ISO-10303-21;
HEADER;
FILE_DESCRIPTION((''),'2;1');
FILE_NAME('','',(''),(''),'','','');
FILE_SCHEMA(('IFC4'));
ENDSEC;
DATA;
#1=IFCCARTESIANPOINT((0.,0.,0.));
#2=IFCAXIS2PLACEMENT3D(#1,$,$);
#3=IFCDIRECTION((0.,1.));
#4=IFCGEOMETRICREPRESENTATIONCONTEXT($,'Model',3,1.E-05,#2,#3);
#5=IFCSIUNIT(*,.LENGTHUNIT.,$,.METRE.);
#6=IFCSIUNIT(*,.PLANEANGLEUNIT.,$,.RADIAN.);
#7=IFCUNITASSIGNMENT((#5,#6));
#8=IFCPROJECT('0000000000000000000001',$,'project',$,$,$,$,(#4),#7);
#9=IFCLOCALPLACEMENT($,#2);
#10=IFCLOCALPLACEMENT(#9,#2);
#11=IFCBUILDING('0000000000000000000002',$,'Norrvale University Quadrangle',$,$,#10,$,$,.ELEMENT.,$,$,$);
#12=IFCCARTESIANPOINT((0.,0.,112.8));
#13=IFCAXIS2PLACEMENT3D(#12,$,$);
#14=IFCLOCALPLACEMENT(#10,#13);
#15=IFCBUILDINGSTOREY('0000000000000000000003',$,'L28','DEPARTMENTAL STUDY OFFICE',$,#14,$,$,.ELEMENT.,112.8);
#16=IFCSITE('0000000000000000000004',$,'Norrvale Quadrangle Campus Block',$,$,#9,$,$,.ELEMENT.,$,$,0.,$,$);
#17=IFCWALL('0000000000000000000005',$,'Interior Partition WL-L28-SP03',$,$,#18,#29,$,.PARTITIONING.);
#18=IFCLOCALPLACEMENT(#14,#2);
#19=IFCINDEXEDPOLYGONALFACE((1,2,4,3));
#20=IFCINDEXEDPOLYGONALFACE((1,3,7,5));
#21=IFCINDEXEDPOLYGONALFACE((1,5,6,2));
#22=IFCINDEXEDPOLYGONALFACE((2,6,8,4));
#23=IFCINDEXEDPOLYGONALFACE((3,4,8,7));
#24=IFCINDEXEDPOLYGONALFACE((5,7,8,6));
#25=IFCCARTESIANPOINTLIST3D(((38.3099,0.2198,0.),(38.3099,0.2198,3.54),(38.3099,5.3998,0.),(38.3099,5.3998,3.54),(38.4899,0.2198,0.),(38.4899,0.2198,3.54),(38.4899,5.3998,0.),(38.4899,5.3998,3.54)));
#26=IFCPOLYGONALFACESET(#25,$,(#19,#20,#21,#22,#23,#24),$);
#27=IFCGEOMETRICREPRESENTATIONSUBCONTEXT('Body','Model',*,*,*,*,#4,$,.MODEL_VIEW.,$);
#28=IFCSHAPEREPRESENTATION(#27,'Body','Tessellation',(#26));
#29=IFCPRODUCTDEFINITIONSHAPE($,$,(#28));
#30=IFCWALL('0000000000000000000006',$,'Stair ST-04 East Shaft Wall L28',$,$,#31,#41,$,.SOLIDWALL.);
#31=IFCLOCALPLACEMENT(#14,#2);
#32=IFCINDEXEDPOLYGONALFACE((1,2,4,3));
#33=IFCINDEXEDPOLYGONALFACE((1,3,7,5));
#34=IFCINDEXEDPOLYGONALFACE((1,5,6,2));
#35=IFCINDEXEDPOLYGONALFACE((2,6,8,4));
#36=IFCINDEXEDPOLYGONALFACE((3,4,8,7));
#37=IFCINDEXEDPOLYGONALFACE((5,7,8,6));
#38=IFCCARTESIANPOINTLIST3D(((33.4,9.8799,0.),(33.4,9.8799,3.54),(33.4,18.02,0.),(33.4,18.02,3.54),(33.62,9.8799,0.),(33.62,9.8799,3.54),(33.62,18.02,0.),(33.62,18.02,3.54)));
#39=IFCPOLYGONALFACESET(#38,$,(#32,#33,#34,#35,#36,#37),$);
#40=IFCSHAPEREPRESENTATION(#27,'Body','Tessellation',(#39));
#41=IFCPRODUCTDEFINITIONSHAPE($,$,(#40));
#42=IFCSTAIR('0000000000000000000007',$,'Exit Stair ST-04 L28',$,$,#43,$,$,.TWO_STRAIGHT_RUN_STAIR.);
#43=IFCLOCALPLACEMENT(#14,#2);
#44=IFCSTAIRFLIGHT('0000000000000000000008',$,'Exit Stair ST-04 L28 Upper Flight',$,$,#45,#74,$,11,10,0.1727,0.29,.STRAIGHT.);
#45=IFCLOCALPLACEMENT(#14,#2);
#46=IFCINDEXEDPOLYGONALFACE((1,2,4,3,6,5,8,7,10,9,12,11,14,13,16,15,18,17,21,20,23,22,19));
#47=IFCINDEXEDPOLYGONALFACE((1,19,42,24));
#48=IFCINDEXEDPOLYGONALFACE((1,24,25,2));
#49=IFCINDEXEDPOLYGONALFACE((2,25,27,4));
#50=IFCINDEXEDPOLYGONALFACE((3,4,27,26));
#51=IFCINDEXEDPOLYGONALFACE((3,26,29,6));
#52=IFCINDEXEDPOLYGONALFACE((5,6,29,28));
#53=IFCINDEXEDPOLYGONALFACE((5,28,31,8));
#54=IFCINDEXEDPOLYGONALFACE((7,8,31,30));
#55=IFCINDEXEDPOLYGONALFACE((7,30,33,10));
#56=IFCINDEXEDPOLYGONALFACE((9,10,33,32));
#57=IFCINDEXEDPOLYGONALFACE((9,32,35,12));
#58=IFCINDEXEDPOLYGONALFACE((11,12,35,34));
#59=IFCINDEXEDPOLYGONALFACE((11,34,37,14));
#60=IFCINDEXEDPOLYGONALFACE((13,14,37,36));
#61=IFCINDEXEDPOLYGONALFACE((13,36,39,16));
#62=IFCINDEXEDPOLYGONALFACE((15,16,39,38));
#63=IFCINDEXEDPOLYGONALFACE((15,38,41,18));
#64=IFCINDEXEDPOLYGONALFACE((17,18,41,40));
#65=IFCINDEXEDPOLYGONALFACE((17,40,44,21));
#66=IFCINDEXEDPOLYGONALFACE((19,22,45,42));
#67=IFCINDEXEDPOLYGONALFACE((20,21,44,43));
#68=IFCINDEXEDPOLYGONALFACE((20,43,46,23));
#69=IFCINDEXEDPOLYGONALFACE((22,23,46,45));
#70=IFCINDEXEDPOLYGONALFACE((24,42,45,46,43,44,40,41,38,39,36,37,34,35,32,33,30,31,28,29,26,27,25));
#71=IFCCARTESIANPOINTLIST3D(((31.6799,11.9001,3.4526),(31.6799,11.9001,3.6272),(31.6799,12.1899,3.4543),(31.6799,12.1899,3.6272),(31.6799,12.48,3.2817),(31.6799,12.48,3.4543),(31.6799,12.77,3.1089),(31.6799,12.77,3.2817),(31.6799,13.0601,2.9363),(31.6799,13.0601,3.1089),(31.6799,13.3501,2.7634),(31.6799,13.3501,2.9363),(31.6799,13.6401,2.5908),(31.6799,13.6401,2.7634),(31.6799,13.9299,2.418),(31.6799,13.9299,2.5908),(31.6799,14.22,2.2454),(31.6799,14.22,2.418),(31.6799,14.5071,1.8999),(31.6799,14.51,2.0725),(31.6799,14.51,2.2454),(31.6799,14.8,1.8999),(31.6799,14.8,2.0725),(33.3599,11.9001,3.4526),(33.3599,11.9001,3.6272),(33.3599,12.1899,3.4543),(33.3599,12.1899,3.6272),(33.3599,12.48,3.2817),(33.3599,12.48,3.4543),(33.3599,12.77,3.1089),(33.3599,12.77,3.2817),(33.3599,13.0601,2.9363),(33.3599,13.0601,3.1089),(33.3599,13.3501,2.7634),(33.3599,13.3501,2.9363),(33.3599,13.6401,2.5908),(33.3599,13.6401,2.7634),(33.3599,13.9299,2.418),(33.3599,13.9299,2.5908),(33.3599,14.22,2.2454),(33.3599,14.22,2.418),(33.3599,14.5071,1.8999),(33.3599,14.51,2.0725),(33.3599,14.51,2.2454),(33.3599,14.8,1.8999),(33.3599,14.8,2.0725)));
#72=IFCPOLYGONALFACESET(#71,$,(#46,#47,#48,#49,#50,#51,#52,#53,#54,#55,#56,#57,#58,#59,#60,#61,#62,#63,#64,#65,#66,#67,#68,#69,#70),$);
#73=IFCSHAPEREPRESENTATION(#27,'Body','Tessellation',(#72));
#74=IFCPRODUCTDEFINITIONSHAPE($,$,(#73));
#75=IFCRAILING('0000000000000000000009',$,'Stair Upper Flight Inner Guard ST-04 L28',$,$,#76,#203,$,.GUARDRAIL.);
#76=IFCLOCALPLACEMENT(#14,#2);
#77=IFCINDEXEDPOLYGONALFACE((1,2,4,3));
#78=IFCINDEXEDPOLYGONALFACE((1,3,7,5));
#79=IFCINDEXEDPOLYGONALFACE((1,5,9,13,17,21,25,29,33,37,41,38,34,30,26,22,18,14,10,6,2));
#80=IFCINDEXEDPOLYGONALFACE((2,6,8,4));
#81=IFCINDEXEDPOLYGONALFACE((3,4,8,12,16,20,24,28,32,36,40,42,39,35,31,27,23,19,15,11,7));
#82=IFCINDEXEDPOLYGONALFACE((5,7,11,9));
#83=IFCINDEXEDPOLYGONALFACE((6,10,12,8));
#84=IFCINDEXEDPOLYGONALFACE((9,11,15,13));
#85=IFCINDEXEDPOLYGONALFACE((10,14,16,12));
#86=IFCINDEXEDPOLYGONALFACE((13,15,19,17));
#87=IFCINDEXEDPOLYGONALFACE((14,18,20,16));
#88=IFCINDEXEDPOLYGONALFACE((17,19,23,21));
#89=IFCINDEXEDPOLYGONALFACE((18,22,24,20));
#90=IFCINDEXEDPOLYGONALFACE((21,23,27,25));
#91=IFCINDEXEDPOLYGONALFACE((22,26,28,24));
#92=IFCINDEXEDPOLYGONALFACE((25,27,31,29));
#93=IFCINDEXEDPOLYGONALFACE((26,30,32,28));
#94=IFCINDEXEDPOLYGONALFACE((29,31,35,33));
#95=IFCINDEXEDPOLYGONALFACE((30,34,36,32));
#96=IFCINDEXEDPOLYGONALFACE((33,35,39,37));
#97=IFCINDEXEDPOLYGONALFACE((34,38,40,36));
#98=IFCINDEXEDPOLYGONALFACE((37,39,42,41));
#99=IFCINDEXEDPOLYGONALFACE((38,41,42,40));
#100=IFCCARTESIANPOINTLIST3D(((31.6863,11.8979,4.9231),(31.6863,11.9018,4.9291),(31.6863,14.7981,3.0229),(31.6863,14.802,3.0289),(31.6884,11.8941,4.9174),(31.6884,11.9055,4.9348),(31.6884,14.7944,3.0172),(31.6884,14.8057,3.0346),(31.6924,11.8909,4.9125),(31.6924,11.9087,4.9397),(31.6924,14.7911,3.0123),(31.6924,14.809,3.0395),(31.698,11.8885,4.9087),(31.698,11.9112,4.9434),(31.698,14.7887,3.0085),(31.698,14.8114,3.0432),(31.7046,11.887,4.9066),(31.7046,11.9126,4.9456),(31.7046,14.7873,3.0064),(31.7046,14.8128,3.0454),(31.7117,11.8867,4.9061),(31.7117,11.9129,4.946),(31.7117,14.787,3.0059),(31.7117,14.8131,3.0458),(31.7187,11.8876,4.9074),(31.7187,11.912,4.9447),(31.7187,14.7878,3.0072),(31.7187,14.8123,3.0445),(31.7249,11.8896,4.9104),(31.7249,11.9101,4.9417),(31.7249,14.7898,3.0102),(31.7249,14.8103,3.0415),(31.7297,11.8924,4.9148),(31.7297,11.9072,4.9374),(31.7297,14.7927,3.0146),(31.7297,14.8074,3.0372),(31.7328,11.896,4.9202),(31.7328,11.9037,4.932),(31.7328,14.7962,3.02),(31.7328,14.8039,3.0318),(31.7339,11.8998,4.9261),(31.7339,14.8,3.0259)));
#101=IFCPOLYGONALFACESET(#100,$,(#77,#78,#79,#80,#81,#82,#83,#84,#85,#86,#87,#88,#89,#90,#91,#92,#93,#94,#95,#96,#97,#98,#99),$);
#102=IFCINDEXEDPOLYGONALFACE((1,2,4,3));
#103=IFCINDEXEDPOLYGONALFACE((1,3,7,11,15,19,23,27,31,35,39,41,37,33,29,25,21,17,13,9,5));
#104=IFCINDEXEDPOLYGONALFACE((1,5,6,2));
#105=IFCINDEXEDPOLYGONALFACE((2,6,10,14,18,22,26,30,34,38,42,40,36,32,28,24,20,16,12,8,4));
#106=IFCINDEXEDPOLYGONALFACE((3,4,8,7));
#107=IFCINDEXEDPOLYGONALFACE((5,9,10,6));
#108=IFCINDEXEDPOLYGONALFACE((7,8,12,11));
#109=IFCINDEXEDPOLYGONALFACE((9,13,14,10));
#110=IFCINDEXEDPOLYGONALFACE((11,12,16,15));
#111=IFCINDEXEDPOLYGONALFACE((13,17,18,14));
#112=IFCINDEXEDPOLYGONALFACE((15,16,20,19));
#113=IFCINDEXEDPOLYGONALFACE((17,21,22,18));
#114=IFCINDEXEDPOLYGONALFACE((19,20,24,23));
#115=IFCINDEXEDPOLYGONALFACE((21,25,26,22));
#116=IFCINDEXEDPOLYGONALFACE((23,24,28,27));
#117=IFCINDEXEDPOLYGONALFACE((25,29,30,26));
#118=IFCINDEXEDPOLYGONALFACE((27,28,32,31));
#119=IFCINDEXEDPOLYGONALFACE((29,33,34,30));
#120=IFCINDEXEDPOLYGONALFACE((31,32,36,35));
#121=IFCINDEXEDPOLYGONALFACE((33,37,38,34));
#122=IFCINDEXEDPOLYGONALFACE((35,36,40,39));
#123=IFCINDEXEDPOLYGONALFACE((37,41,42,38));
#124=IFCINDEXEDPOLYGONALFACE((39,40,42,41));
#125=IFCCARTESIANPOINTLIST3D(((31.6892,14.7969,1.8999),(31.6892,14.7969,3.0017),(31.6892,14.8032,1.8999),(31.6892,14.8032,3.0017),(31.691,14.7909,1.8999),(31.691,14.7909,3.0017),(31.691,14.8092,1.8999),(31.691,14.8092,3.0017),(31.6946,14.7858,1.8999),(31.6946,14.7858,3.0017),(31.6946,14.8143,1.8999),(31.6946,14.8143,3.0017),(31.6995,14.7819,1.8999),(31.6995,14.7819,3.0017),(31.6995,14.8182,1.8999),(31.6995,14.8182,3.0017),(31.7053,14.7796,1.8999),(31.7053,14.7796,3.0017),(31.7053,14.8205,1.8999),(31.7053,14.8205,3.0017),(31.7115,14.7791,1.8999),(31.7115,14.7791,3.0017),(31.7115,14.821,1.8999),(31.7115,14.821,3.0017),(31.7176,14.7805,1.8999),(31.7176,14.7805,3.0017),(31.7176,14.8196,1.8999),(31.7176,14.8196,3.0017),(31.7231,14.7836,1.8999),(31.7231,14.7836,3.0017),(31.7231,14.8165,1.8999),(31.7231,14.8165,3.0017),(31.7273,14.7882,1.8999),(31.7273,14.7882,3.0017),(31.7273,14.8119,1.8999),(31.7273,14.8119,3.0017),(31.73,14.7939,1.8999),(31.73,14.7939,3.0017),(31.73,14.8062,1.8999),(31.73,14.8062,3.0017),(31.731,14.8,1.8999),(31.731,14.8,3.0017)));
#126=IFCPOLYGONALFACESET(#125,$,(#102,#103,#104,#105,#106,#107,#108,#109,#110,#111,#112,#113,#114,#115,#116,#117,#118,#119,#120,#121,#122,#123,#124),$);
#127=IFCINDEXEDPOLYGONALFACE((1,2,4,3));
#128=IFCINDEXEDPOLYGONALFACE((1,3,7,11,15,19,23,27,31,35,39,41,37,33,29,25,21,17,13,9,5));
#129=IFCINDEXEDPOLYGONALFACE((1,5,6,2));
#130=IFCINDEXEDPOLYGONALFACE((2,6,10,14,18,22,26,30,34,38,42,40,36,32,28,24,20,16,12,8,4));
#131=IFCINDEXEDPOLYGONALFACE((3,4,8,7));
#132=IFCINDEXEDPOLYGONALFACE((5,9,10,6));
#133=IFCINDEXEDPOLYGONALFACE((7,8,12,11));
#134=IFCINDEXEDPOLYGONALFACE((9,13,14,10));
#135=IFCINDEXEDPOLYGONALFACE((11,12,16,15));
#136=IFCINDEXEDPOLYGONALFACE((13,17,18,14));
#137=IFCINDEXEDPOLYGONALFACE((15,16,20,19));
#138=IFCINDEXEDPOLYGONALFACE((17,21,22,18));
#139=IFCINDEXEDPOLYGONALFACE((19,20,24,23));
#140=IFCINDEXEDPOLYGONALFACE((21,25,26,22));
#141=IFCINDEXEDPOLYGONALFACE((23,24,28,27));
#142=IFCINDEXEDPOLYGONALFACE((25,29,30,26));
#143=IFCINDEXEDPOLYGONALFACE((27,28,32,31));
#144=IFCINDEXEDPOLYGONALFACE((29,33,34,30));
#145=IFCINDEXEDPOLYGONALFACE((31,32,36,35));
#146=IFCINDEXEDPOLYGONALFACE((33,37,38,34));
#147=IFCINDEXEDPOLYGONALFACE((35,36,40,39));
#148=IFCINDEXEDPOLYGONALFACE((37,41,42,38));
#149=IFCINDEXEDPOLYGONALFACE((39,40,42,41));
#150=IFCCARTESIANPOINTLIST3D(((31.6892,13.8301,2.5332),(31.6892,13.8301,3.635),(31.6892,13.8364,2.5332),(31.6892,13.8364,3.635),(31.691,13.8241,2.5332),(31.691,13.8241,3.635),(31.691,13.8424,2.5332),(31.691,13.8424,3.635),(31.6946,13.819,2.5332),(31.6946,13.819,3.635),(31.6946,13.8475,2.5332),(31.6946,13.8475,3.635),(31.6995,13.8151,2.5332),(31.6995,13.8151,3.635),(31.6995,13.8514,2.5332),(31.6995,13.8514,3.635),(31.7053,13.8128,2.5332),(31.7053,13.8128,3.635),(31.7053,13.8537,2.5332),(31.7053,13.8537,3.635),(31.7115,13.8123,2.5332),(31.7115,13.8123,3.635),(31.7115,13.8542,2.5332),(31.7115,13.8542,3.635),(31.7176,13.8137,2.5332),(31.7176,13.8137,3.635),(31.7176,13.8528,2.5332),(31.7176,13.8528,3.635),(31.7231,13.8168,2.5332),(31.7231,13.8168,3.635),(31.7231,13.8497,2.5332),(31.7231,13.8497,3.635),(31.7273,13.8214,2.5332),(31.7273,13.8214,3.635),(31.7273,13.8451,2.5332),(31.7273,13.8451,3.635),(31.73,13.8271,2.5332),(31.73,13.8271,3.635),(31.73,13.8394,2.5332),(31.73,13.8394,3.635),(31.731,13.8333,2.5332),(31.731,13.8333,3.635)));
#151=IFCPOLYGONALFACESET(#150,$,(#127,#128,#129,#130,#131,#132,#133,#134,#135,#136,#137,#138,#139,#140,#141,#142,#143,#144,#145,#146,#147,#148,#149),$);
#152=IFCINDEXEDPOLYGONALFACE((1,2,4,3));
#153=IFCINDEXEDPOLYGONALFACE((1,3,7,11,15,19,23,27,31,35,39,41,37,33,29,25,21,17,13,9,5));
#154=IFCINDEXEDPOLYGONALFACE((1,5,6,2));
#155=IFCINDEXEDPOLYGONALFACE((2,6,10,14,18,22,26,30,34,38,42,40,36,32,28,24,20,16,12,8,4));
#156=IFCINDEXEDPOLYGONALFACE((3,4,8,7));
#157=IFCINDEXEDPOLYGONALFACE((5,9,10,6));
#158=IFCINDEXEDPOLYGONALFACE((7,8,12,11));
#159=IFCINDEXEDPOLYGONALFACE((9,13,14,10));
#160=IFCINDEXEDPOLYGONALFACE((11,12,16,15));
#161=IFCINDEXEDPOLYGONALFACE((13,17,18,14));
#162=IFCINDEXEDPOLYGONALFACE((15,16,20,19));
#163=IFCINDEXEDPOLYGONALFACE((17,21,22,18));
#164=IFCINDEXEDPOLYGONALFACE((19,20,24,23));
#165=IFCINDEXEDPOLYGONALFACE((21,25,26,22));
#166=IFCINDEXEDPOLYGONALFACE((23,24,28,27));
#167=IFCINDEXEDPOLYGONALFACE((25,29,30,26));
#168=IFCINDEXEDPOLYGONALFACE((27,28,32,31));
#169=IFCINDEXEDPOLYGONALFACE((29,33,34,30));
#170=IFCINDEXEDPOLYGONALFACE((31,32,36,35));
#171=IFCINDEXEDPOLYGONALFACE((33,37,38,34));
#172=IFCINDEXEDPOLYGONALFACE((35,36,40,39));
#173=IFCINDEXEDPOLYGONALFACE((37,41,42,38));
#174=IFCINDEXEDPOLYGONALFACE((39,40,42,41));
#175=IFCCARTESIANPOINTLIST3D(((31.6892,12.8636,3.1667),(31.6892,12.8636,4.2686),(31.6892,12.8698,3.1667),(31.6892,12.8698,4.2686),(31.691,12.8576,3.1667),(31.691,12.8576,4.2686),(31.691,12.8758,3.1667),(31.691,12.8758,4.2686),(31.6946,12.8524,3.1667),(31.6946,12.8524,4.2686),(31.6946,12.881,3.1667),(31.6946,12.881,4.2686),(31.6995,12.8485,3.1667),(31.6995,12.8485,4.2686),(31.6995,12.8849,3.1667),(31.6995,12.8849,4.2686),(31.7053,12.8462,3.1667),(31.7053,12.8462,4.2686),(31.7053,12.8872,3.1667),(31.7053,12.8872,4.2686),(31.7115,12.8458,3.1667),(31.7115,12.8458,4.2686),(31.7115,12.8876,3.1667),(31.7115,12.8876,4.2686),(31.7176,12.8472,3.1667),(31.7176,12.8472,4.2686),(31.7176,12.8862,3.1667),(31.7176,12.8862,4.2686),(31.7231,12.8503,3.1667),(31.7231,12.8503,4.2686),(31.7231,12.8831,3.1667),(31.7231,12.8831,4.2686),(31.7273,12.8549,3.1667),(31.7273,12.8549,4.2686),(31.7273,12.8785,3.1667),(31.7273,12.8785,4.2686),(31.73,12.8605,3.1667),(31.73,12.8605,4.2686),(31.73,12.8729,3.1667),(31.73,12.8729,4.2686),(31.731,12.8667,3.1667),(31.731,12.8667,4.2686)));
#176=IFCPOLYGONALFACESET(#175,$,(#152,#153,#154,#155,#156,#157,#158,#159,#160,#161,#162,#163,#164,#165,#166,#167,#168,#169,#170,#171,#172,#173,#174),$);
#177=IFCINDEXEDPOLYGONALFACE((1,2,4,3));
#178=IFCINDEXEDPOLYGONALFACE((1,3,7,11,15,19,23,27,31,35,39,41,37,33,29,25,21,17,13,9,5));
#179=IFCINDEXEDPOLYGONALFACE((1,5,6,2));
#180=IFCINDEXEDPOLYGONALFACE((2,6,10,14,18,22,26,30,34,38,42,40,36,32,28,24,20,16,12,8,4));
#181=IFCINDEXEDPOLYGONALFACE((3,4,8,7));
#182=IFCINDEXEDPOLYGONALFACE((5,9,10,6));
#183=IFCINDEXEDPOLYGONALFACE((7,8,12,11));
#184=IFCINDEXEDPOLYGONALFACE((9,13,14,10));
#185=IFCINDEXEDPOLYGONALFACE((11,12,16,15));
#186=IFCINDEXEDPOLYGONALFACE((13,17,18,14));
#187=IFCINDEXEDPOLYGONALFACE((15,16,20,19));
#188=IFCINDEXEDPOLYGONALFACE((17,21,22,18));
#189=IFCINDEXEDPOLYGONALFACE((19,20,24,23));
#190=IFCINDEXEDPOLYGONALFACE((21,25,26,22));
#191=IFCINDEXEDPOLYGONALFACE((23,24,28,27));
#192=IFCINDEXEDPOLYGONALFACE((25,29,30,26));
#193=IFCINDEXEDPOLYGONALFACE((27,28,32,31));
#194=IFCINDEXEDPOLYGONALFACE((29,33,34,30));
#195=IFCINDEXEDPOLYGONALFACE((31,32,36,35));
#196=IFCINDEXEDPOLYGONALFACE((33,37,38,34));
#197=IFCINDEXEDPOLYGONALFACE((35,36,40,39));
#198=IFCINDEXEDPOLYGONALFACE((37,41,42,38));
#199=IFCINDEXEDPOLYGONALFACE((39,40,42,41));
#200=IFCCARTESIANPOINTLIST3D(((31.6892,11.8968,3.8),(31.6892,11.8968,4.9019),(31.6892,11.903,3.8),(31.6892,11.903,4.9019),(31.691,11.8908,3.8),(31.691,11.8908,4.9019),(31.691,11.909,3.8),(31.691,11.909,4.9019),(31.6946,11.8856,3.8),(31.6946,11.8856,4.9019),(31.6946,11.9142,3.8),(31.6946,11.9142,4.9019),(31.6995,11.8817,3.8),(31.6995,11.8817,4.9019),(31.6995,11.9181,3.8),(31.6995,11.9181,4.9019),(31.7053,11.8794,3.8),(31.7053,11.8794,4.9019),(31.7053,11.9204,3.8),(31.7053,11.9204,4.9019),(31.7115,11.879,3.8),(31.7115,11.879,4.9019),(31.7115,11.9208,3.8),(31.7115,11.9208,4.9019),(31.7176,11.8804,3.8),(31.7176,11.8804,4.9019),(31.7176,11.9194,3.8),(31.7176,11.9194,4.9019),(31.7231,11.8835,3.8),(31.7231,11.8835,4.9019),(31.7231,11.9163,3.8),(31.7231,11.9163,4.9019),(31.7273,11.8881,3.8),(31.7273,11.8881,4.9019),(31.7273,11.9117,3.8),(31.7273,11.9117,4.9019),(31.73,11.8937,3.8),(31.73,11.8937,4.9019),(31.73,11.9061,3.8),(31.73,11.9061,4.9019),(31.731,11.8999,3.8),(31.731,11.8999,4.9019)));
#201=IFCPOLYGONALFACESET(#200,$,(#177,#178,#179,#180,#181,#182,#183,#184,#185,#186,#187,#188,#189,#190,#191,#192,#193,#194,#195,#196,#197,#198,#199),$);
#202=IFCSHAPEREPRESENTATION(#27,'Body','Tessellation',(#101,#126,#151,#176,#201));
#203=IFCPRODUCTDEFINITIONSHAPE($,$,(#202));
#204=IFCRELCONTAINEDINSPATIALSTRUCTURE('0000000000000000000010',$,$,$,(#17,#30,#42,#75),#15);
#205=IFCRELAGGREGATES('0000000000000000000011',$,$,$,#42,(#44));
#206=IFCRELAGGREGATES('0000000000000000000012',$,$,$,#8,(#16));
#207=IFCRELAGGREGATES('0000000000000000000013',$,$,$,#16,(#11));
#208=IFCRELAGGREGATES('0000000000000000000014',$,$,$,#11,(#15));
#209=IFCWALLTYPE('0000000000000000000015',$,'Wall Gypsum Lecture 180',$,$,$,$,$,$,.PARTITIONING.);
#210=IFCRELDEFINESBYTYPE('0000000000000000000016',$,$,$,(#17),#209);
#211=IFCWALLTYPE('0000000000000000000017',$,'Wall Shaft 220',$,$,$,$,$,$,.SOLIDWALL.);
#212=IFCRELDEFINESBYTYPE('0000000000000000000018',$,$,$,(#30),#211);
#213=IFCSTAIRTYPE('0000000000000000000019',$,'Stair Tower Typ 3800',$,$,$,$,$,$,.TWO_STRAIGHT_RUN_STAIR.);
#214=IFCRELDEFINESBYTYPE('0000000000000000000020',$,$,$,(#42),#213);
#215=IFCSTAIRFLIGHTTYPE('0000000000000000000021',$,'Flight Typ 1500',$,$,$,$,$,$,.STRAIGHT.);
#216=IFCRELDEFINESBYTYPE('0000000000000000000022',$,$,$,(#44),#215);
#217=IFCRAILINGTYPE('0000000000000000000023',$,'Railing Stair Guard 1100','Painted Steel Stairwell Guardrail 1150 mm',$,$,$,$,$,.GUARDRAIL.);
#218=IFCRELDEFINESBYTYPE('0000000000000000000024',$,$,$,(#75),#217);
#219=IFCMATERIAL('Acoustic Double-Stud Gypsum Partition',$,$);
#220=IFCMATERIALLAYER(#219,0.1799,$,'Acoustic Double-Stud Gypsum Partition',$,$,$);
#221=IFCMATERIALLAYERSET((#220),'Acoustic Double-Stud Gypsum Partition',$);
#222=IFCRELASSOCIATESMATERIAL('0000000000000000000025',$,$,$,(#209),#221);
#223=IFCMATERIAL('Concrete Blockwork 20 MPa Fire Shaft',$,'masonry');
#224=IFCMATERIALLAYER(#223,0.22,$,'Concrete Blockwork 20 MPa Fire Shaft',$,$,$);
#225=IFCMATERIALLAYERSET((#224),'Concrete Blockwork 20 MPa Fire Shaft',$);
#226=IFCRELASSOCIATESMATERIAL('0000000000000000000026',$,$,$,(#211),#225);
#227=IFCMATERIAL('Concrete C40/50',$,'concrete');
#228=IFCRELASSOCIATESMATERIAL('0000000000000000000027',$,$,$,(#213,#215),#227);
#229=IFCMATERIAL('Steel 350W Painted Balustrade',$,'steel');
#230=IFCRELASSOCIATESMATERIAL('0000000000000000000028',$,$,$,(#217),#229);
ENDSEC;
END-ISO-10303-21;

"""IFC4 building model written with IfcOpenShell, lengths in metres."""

from ifc_helpers import new_model, si_unit, direction, frame, frame_2d, origin, origin_2d, place, context, subcontext, project, spatial, polyline, rectangle, circle, outline, extrude, material, layer, layer_set, type_object, element, aggregate, save


model = new_model("IFC4")

# Units and contexts
model_context = context("Model", 3, precision=1e-05, world=origin(), true_north=direction((0.0, 1.0)))
body_context = subcontext(model_context, "Body", "Model", "MODEL_VIEW")
ifc_project = project(units=[si_unit("LENGTHUNIT", "METRE"), si_unit("PLANEANGLEUNIT", "RADIAN")], contexts=[model_context])

# Site, building, storey
site_placement = place(None, origin())
site = spatial("IfcSite", under=ifc_project, at=site_placement, Name="Norrvale Quadrangle Campus Block", CompositionType="ELEMENT", RefElevation=0.0)
building_placement = place(site_placement, origin())
building = spatial("IfcBuilding", under=site, at=building_placement, Name="Norrvale University Quadrangle", CompositionType="ELEMENT")
storey_placement = place(building_placement, frame((0.0, 0.0, 112.8)))
storey = spatial("IfcBuildingStorey", under=building, at=storey_placement, Name="L28", Description="DEPARTMENTAL STUDY OFFICE", CompositionType="ELEMENT", Elevation=112.8)

# Walls
ifc_material_1 = material(Name="Acoustic Double-Stud Gypsum Partition")
ifc_layer_1 = layer(ifc_material_1, 0.1799, Name="Acoustic Double-Stud Gypsum Partition")
ifc_layer_set_1 = layer_set([ifc_layer_1], Name="Acoustic Double-Stud Gypsum Partition")
wall_type_1 = type_object("IfcWallType", Name="Wall Gypsum Lecture 180", PredefinedType="PARTITIONING", material=ifc_layer_set_1)
wall_1_placement = place(storey_placement, frame((38.3999, 0.22, 0.0), z_axis=(0.0, 0.0, 1.0), x_axis=(0.0, 1.0, 0.0)))
element("IfcWall", 1, at=wall_1_placement, inside=storey, type_object=wall_type_1, Name="Interior Partition WL-L28-SP03", PredefinedType="PARTITIONING", context=body_context, shape_type="SweptSolid", body=[
    extrude(rectangle(XDim=5.1799, YDim=0.1799, at=frame_2d((2.5898, 0.0))), origin(), (0.0, 0.0, 1.0), 3.54),
])
ifc_material_2 = material(Name="Concrete Blockwork 20 MPa Fire Shaft", Category="masonry")
ifc_layer_2 = layer(ifc_material_2, 0.22, Name="Concrete Blockwork 20 MPa Fire Shaft")
ifc_layer_set_2 = layer_set([ifc_layer_2], Name="Concrete Blockwork 20 MPa Fire Shaft")
wall_type_2 = type_object("IfcWallType", Name="Wall Shaft 220", PredefinedType="SOLIDWALL", material=ifc_layer_set_2)
wall_2_placement = place(storey_placement, frame((33.51, 9.8799, 0.0), z_axis=(0.0, 0.0, 1.0), x_axis=(0.0, 1.0, 0.0)))
element("IfcWall", 2, at=wall_2_placement, inside=storey, type_object=wall_type_2, Name="Stair ST-04 East Shaft Wall L28", PredefinedType="SOLIDWALL", context=body_context, shape_type="SweptSolid", body=[
    extrude(rectangle(XDim=8.1401, YDim=0.22, at=frame_2d((4.0701, 0.0))), origin(), (0.0, 0.0, 1.0), 3.54),
])

# Stair, stair flight
ifc_material_3 = material(Name="Concrete C40/50", Category="concrete")
stair_type = type_object("IfcStairType", Name="Stair Tower Typ 3800", PredefinedType="TWO_STRAIGHT_RUN_STAIR", material=ifc_material_3)
stair_placement = place(storey_placement, origin())
stair = element("IfcStair", 3, at=stair_placement, inside=storey, type_object=stair_type, Name="Exit Stair ST-04 L28", PredefinedType="TWO_STRAIGHT_RUN_STAIR")
stair_flight_type = type_object("IfcStairFlightType", Name="Flight Typ 1500", PredefinedType="STRAIGHT", material=ifc_material_3)
stair_flight_placement = place(storey_placement, frame((32.52, 14.8, 1.8999), z_axis=(0.0, 0.0, 1.0), x_axis=(0.0, -1.0, 0.0)))
stair_flight = element("IfcStairFlight", 4, at=stair_flight_placement, type_object=stair_flight_type, Name="Exit Stair ST-04 L28 Upper Flight", NumberOfRisers=11, NumberOfTreads=10, PredefinedType="STRAIGHT", RiserHeight=0.1727, TreadLength=0.29, context=body_context, shape_type="SweptSolid", body=[
    extrude(outline(polyline([(0.0, 0.0), (0.0, 0.1726), (0.29, 0.1726), (0.29, 0.3455), (0.5801, 0.3455), (0.5801, 0.5181), (0.8701, 0.5181), (0.8701, 0.6909), (1.1599, 0.6909), (1.1599, 0.8635), (1.45, 0.8635), (1.45, 1.0364), (1.74, 1.0364), (1.74, 1.209), (2.03, 1.209), (2.03, 1.3818), (2.3201, 1.3818), (2.3201, 1.5544), (2.6101, 1.5544), (2.6101, 1.7273), (2.8999, 1.7273), (2.8999, 1.8999), (2.8999, 1.5527), (0.293, 0.0), (0.0, 0.0)])), frame((0.0, 0.8398, 0.0), z_axis=(0.0, -1.0, 0.0), x_axis=(1.0, 0.0, 0.0)), (0.0, 0.0, 1.0), 1.6799),
])
aggregate(stair, [stair_flight])

# Railing
ifc_material_4 = material(Name="Steel 350W Painted Balustrade", Category="steel")
railing_type_1 = type_object("IfcRailingType", Name="Railing Stair Guard 1100", Description="Painted Steel Stairwell Guardrail 1150 mm", PredefinedType="GUARDRAIL", material=ifc_material_4)
railing_1_placement = place(storey_placement, frame((31.71, 14.8, 1.8999)))
element("IfcRailing", 5, at=railing_1_placement, inside=storey, type_object=railing_type_1, Name="Stair Upper Flight Inner Guard ST-04 L28", PredefinedType="GUARDRAIL", context=body_context, shape_type="SweptSolid", body=[
    extrude(circle(Radius=0.0239, at=origin_2d()), frame((0.0, 0.0, 1.126), z_axis=(0.0, -0.836454, 0.548036), x_axis=(1.0, 0.0, 0.0)), (0.0, 0.0, 1.0), 3.4673),
    extrude(circle(Radius=0.021, at=origin_2d()), origin(), (0.0, 0.0, 1.0), 1.1018),
    extrude(circle(Radius=0.021, at=origin_2d()), frame((0.0, -0.9668, 0.6333)), (0.0, 0.0, 1.0), 1.1018),
    extrude(circle(Radius=0.021, at=origin_2d()), frame((0.0, -1.9333, 1.2668)), (0.0, 0.0, 1.0), 1.1018),
    extrude(circle(Radius=0.021, at=origin_2d()), frame((0.0, -2.9001, 1.9001)), (0.0, 0.0, 1.0), 1.1018),
])

save(model, "model.ifc")
